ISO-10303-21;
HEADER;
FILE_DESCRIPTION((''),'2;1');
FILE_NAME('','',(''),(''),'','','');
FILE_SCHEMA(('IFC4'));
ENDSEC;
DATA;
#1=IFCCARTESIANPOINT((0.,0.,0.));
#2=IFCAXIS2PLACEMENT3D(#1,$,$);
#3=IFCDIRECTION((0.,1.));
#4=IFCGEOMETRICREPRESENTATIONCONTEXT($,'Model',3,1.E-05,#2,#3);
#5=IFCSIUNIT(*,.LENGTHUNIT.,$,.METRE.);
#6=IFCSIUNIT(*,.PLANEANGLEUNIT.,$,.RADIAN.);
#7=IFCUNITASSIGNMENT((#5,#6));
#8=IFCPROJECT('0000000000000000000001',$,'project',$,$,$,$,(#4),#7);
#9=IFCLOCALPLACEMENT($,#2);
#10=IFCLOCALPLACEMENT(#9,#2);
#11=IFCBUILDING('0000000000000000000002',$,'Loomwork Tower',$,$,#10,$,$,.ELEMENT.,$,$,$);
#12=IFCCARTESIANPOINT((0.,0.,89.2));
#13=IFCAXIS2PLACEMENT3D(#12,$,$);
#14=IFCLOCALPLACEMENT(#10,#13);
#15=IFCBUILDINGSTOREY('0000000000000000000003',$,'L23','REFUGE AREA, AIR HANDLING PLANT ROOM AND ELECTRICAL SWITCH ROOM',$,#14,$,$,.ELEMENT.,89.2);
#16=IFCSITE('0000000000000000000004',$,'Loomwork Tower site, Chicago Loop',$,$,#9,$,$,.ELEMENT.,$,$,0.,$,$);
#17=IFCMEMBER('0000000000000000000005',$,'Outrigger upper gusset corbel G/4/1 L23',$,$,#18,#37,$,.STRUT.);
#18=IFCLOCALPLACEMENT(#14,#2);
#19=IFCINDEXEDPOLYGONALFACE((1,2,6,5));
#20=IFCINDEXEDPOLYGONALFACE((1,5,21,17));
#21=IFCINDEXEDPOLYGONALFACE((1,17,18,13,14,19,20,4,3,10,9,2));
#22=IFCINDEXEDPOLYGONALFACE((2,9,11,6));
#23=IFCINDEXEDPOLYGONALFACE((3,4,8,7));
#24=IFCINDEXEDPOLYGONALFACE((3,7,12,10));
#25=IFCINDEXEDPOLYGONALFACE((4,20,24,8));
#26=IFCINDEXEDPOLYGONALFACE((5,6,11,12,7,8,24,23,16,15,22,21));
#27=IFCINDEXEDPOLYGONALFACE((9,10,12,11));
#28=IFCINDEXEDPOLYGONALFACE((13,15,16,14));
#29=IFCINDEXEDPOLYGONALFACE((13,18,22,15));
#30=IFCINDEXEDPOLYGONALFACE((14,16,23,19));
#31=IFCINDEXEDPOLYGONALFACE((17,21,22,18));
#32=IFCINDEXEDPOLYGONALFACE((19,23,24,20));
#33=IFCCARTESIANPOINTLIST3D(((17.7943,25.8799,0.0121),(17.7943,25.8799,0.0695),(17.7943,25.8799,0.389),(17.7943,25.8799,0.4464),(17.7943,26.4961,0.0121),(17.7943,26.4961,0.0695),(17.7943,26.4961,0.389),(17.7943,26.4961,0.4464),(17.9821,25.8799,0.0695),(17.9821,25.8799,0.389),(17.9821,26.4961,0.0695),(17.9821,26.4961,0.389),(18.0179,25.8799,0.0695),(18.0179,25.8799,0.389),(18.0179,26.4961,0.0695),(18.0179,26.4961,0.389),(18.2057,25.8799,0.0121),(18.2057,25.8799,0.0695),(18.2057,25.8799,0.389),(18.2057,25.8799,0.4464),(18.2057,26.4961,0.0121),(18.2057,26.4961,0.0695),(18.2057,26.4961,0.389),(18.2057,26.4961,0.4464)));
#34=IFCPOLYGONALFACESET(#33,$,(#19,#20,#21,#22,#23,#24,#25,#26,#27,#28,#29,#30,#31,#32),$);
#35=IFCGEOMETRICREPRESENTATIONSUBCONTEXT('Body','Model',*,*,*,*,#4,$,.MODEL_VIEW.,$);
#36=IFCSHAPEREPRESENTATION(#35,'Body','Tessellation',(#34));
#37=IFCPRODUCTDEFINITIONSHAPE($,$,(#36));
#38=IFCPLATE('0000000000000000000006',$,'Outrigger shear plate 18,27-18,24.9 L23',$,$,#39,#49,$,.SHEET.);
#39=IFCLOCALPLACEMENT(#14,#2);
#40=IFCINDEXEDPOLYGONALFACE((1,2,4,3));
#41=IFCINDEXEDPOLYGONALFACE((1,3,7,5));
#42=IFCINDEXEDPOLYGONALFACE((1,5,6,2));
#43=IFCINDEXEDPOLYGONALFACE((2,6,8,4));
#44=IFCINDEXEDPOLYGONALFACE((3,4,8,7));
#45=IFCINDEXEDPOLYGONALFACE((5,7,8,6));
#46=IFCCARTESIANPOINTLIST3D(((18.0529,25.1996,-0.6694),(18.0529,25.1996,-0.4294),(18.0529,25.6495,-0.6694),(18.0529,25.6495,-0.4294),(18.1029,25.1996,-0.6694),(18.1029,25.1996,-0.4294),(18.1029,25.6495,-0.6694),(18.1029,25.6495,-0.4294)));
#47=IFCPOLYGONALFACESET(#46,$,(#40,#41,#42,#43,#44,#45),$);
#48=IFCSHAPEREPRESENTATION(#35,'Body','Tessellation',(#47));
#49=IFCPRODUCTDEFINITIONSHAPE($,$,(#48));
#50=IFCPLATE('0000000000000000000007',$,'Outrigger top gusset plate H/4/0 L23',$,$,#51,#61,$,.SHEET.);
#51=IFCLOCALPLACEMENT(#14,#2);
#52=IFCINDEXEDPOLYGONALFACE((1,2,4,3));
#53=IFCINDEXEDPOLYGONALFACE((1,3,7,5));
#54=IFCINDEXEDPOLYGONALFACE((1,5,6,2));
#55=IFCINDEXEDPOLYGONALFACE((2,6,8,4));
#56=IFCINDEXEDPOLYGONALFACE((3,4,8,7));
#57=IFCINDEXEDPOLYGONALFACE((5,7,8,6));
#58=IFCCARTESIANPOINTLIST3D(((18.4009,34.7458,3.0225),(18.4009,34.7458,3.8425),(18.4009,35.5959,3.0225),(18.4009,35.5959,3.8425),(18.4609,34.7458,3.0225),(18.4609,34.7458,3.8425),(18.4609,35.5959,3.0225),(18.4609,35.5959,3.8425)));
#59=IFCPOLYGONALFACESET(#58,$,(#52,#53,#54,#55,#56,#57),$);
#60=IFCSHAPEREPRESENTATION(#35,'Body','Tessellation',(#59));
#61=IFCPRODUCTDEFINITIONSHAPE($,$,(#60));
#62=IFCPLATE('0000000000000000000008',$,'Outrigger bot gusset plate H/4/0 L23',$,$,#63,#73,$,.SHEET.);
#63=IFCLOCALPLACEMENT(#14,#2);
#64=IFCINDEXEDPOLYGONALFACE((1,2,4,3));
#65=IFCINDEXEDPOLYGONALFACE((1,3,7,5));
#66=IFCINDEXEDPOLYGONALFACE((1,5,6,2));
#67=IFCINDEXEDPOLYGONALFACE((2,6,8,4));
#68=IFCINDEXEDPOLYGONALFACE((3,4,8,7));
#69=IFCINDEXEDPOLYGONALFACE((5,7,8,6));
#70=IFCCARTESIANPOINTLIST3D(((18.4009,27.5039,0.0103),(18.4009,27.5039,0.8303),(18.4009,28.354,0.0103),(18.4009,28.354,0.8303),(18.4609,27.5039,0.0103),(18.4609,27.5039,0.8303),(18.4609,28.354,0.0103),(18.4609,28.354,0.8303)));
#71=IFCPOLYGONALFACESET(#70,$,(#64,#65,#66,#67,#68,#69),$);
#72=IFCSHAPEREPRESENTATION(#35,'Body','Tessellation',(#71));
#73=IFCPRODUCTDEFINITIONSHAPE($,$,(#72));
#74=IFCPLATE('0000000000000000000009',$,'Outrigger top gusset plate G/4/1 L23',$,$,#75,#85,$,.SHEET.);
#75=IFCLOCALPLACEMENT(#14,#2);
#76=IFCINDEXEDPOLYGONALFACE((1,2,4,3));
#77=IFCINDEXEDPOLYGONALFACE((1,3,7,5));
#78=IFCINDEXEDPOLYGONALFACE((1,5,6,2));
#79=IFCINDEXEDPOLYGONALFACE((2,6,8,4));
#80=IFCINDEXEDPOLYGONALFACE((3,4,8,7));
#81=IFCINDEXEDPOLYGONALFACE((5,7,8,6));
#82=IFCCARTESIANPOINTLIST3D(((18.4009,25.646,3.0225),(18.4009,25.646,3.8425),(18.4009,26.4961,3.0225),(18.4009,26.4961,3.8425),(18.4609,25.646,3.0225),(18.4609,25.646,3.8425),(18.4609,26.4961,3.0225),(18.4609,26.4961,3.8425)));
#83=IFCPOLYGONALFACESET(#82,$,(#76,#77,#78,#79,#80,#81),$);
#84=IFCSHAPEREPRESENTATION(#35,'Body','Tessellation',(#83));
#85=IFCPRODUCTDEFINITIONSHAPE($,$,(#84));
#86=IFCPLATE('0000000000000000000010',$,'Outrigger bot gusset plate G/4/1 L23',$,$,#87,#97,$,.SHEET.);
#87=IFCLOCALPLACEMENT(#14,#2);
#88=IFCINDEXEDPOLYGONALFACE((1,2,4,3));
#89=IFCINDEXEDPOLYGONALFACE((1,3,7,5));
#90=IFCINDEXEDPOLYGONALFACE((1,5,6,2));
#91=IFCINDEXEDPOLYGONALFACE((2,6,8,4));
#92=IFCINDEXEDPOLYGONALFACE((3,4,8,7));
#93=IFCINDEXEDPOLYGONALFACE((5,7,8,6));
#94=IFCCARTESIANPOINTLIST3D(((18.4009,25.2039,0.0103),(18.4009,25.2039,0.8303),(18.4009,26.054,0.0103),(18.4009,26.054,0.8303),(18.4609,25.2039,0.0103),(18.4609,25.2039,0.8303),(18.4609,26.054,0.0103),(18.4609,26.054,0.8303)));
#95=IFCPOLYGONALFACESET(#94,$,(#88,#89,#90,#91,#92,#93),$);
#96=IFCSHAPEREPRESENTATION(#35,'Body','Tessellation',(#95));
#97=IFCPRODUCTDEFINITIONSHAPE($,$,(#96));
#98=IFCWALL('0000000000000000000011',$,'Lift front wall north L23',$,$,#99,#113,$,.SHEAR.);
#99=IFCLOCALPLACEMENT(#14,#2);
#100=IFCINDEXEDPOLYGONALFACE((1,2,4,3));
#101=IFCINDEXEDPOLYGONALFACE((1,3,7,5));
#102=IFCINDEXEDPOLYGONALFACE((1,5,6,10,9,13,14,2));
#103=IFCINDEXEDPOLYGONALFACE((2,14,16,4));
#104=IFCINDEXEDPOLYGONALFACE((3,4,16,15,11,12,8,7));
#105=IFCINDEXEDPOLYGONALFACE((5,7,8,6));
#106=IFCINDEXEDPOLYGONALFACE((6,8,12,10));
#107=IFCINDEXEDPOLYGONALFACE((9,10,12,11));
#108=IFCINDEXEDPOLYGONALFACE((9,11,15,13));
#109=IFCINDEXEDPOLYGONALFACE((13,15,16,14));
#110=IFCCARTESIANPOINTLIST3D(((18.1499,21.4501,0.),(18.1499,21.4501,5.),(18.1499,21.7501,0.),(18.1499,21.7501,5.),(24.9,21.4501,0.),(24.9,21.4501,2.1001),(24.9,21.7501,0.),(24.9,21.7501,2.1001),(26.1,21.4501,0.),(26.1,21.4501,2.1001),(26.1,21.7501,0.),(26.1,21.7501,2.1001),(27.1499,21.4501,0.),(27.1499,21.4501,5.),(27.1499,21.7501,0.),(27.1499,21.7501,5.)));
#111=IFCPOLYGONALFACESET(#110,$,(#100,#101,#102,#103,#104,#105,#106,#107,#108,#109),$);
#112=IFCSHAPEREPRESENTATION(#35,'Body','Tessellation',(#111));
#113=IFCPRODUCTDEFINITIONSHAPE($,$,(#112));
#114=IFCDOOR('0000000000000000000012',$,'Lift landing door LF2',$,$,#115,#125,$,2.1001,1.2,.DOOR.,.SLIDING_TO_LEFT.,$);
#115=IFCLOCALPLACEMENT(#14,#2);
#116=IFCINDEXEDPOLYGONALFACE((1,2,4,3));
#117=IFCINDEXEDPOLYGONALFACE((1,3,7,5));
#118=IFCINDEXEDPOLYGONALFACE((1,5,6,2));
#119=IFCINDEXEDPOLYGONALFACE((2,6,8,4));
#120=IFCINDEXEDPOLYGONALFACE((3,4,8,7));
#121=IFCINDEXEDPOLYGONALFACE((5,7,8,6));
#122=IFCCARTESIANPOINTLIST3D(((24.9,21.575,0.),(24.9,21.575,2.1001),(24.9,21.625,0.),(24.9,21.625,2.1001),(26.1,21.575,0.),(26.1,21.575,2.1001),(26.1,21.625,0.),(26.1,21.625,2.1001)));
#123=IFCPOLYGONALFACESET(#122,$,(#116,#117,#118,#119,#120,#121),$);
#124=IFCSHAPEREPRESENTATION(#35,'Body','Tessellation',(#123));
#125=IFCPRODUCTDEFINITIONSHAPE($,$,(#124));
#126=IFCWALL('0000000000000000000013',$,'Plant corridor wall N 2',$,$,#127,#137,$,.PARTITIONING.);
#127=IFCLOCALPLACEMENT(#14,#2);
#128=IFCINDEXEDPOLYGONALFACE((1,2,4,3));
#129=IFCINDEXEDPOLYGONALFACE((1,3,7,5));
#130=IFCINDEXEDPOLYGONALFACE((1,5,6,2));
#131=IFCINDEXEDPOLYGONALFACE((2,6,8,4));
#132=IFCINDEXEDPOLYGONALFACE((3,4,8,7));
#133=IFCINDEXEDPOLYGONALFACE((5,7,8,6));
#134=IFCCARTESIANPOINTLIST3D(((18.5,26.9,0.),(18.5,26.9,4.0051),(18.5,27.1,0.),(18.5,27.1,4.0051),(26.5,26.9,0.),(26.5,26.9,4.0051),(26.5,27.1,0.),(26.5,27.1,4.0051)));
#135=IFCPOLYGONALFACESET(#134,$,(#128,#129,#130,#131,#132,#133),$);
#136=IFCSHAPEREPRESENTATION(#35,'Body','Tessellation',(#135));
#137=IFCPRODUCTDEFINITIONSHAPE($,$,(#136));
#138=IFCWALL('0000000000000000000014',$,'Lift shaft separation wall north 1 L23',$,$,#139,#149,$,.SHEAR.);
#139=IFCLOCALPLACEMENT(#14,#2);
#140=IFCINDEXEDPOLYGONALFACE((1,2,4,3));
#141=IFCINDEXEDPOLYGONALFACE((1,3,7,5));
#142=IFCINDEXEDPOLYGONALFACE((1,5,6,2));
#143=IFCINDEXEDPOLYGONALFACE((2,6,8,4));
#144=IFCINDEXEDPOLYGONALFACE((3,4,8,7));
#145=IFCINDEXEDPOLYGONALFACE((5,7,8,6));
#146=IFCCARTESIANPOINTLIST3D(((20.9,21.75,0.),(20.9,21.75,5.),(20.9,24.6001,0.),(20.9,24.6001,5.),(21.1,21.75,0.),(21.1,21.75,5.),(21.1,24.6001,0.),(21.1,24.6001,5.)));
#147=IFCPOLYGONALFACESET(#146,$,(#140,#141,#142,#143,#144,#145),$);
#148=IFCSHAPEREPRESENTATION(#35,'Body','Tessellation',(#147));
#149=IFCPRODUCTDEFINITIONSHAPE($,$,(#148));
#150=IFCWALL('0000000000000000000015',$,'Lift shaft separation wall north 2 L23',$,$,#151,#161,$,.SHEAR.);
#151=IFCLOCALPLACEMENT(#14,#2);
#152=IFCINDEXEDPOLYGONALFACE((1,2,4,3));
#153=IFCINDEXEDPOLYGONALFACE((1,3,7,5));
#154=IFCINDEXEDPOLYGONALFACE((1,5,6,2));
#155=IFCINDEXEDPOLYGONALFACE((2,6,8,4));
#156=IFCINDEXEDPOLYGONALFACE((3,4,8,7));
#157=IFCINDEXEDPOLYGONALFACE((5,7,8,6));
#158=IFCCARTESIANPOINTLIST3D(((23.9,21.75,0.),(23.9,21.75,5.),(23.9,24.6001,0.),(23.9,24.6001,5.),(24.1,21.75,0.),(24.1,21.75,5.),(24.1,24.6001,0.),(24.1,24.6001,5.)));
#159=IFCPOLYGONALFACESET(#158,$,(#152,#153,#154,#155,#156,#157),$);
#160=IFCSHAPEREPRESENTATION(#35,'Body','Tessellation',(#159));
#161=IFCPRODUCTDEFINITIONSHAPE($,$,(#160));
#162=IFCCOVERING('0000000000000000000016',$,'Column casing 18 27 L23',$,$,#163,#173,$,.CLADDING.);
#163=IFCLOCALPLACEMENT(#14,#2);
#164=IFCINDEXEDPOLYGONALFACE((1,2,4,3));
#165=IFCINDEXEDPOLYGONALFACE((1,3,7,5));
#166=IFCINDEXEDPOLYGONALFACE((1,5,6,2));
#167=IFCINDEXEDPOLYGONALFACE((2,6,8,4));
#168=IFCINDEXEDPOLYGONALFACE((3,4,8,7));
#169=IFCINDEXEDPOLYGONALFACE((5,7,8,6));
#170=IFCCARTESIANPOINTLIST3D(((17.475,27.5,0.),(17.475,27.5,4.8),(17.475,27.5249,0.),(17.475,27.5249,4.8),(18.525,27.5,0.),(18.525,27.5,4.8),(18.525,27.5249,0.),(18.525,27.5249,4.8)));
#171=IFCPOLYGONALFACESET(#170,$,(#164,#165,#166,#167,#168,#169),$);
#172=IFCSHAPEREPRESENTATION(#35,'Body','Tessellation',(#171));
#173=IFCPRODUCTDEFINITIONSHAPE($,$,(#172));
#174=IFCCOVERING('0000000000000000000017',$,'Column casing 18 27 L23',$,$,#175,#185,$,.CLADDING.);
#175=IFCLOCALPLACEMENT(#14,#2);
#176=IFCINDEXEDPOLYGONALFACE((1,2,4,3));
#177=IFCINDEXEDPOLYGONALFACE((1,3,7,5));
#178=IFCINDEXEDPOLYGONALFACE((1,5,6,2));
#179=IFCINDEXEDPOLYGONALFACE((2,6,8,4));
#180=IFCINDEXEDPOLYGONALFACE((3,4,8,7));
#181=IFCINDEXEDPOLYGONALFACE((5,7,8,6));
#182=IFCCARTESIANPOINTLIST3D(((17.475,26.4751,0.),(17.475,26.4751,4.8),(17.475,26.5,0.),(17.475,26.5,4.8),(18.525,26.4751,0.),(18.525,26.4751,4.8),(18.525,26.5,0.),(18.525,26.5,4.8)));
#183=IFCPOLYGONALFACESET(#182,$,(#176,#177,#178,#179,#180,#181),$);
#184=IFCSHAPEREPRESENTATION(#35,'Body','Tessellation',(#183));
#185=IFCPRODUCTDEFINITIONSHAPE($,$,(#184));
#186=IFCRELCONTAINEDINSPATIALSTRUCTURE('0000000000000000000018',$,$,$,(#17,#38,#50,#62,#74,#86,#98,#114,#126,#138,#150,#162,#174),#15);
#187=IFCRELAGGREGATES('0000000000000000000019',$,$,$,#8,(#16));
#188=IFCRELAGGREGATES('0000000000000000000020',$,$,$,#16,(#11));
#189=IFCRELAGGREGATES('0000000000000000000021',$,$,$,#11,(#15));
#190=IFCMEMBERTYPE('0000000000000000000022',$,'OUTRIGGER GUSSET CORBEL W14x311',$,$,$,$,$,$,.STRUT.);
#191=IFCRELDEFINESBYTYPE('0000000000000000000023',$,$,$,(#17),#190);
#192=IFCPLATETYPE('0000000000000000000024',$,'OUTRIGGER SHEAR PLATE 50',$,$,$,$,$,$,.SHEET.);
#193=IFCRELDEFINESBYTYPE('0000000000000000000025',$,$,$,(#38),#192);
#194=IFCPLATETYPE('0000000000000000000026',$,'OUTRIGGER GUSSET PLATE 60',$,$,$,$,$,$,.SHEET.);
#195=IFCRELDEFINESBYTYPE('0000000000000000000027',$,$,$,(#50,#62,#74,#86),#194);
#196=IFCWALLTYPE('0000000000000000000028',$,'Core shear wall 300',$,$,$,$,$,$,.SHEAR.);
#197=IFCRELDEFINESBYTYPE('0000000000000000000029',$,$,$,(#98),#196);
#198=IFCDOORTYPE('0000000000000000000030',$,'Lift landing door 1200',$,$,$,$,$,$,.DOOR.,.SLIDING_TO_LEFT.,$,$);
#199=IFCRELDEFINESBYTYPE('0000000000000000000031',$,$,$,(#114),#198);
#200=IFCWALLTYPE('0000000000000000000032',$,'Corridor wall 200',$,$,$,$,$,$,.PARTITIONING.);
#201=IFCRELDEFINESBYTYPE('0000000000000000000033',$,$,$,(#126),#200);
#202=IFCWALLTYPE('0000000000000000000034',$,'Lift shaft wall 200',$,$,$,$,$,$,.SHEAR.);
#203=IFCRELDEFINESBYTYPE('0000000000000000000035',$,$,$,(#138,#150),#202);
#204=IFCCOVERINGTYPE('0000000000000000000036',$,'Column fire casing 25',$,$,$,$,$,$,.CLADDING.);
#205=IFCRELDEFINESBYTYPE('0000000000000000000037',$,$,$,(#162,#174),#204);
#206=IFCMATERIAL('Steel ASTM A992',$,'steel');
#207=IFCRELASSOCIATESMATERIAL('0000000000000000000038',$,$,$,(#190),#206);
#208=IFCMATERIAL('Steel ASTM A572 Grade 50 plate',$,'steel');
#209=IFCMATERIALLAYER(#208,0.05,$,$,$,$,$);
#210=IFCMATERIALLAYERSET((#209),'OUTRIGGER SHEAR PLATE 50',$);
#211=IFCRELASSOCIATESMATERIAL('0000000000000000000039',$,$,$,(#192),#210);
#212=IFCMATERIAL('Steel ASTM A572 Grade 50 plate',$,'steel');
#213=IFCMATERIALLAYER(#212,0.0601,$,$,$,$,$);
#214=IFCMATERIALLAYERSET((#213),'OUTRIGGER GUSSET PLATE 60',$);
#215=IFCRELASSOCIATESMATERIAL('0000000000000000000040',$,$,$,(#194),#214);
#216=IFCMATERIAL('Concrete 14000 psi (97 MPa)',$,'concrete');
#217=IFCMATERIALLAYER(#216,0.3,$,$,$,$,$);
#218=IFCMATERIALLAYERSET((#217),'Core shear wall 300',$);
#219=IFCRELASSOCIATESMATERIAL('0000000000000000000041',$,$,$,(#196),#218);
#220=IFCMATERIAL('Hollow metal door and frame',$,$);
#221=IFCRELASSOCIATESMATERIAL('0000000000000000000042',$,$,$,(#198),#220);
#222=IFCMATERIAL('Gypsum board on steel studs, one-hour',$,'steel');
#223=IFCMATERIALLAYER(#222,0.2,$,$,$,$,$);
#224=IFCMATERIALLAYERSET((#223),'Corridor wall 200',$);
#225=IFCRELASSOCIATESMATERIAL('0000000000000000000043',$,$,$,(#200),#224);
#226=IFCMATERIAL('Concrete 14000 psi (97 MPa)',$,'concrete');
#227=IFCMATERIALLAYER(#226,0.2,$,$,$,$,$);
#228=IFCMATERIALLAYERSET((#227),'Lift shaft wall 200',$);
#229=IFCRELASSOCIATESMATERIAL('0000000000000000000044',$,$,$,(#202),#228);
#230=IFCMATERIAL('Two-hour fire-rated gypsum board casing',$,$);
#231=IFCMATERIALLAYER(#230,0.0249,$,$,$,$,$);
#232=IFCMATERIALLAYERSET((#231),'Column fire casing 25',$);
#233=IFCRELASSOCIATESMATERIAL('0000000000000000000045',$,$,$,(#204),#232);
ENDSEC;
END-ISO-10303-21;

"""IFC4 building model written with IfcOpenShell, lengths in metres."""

from ifc_helpers import new_model, si_unit, direction, frame, frame_2d, origin, origin_2d, place, context, subcontext, project, spatial, rectangle, i_section, extrude, material, layer, layer_set, material_profile, profile_set, type_object, element, fill, save


model = new_model("IFC4")

# Units and contexts
model_context = context("Model", 3, precision=1e-05, world=origin(), true_north=direction((0.0, 1.0)))
body_context = subcontext(model_context, "Body", "Model", "MODEL_VIEW")
ifc_project = project(units=[si_unit("LENGTHUNIT", "METRE"), si_unit("PLANEANGLEUNIT", "RADIAN")], contexts=[model_context])

# Site, building, storey
site_placement = place(None, origin())
site = spatial("IfcSite", under=ifc_project, at=site_placement, Name="Loomwork Tower site, Chicago Loop", CompositionType="ELEMENT", RefElevation=0.0)
building_placement = place(site_placement, origin())
building = spatial("IfcBuilding", under=site, at=building_placement, Name="Loomwork Tower", CompositionType="ELEMENT")
storey_placement = place(building_placement, frame((0.0, 0.0, 89.2)))
storey = spatial("IfcBuildingStorey", under=building, at=storey_placement, Name="L23", Description="REFUGE AREA, AIR HANDLING PLANT ROOM AND ELECTRICAL SWITCH ROOM", CompositionType="ELEMENT", Elevation=89.2)

# Member
ifc_material_1 = material(Name="Steel ASTM A992", Category="steel")
ifc_material_profile_1 = material_profile(ifc_material_1, i_section(OverallWidth=0.4114, OverallDepth=0.4343, WebThickness=0.0359, FlangeThickness=0.0574, at=origin_2d()), Name="W14x311")
ifc_profile_set_1 = profile_set([ifc_material_profile_1], Name="Steel ASTM A992")
member_type_1 = type_object("IfcMemberType", Name="OUTRIGGER GUSSET CORBEL W14x311", PredefinedType="STRUT", material=ifc_profile_set_1)
for number, where, z_axis, x_axis, name in (
    (1, (18.0, 26.4961, 0.2292), (0.0, -1.0, 0.0), (1.0, 0.0, 0.0), "Outrigger upper gusset corbel G/4/1 L23"),
):
    element("IfcMember", number, at=place(storey_placement, frame(where, z_axis=z_axis, x_axis=x_axis)), inside=storey, type_object=member_type_1, Name=name, PredefinedType="STRUT", context=body_context, shape_type="SweptSolid", body=[
        extrude(i_section(OverallWidth=0.4114, OverallDepth=0.4343, WebThickness=0.0359, FlangeThickness=0.0574, at=origin_2d()), origin(), (0.0, 0.0, 1.0), 0.6162),
    ])

# Plates
ifc_material_2 = material(Name="Steel ASTM A572 Grade 50 plate", Category="steel")
ifc_layer_1 = layer(ifc_material_2, 0.05)
ifc_layer_set_1 = layer_set([ifc_layer_1], Name="OUTRIGGER SHEAR PLATE 50")
plate_type_1 = type_object("IfcPlateType", Name="OUTRIGGER SHEAR PLATE 50", PredefinedType="SHEET", material=ifc_layer_set_1)
plate_placement = place(storey_placement, frame((18.0779, 25.4246, -0.6694), z_axis=(0.0, 0.0, 1.0), x_axis=(0.0, 1.0, 0.0)))
element("IfcPlate", 2, at=plate_placement, inside=storey, type_object=plate_type_1, Name="Outrigger shear plate 18,27-18,24.9 L23", PredefinedType="SHEET", context=body_context, shape_type="SweptSolid", body=[
    extrude(rectangle(XDim=0.45, YDim=0.05, at=origin_2d()), origin(), (0.0, 0.0, 1.0), 0.24),
])
ifc_material_3 = material(Name="Steel ASTM A572 Grade 50 plate", Category="steel")
ifc_layer_2 = layer(ifc_material_3, 0.0601)
ifc_layer_set_2 = layer_set([ifc_layer_2], Name="OUTRIGGER GUSSET PLATE 60")
plate_type_2 = type_object("IfcPlateType", Name="OUTRIGGER GUSSET PLATE 60", PredefinedType="SHEET", material=ifc_layer_set_2)
for number, where, z_axis, x_axis, name in (
    (3, (18.4309, 35.1709, 3.0225), (0.0, 0.0, 1.0), (0.0, 1.0, 0.0), "Outrigger top gusset plate H/4/0 L23"),
    (4, (18.4309, 27.929, 0.0103), (0.0, 0.0, 1.0), (0.0, 1.0, 0.0), "Outrigger bot gusset plate H/4/0 L23"),
    (5, (18.4309, 26.071, 3.0225), (0.0, 0.0, 1.0), (0.0, 1.0, 0.0), "Outrigger top gusset plate G/4/1 L23"),
    (6, (18.4309, 25.6289, 0.0103), (0.0, 0.0, 1.0), (0.0, 1.0, 0.0), "Outrigger bot gusset plate G/4/1 L23"),
):
    element("IfcPlate", number, at=place(storey_placement, frame(where, z_axis=z_axis, x_axis=x_axis)), inside=storey, type_object=plate_type_2, Name=name, PredefinedType="SHEET", context=body_context, shape_type="SweptSolid", body=[
        extrude(rectangle(XDim=0.8501, YDim=0.0601, at=origin_2d()), origin(), (0.0, 0.0, 1.0), 0.8201),
    ])

# Wall, opening, door
ifc_material_4 = material(Name="Concrete 14000 psi (97 MPa)", Category="concrete")
ifc_layer_3 = layer(ifc_material_4, 0.3)
ifc_layer_set_3 = layer_set([ifc_layer_3], Name="Core shear wall 300")
wall_type_1 = type_object("IfcWallType", Name="Core shear wall 300", PredefinedType="SHEAR", material=ifc_layer_set_3)
wall_1_placement = place(storey_placement, frame((18.1499, 21.6001, 0.0), z_axis=(0.0, 0.0, 1.0), x_axis=(1.0, 0.0, 0.0)))
wall_1 = element("IfcWall", 7, at=wall_1_placement, inside=storey, type_object=wall_type_1, Name="Lift front wall north L23", PredefinedType="SHEAR", context=body_context, shape_type="SweptSolid", body=[
    extrude(rectangle(XDim=9.0, YDim=0.3, at=frame_2d((4.5, 0.0))), origin(), (0.0, 0.0, 1.0), 5.0),
])
opening_placement = place(wall_1_placement, frame((6.75, 0.0, 0.0)))
opening = element("IfcOpeningElement", 8, at=opening_placement, cuts=wall_1, PredefinedType="OPENING", context=body_context, shape_type="SweptSolid", body=[
    extrude(rectangle(XDim=1.2, YDim=2.1001, at=frame_2d((0.6001, 1.05))), frame((0.0, 0.1599, 0.0), z_axis=(0.0, -1.0, 0.0), x_axis=(1.0, 0.0, 0.0)), (0.0, 0.0, 1.0), 0.3201),
])
ifc_material_5 = material(Name="Hollow metal door and frame")
door_type = type_object("IfcDoorType", Name="Lift landing door 1200", OperationType="SLIDING_TO_LEFT", PredefinedType="DOOR", material=ifc_material_5)
door_placement = place(opening_placement, origin())
door = element("IfcDoor", 9, at=door_placement, inside=storey, type_object=door_type, Name="Lift landing door LF2", OperationType="SLIDING_TO_LEFT", OverallHeight=2.1001, OverallWidth=1.2, PredefinedType="DOOR", context=body_context, shape_type="SweptSolid", body=[
    extrude(rectangle(XDim=1.2, YDim=2.1001, at=frame_2d((0.6001, 1.05))), frame((0.0, 0.0249, 0.0), z_axis=(0.0, -1.0, 0.0), x_axis=(1.0, 0.0, 0.0)), (0.0, 0.0, 1.0), 0.05),
])
fill(opening, door)

# Walls
ifc_material_6 = material(Name="Gypsum board on steel studs, one-hour", Category="steel")
ifc_layer_4 = layer(ifc_material_6, 0.2)
ifc_layer_set_4 = layer_set([ifc_layer_4], Name="Corridor wall 200")
wall_type_2 = type_object("IfcWallType", Name="Corridor wall 200", PredefinedType="PARTITIONING", material=ifc_layer_set_4)
wall_2_placement = place(storey_placement, frame((18.5, 27.0, 0.0), z_axis=(0.0, 0.0, 1.0), x_axis=(1.0, 0.0, 0.0)))
element("IfcWall", 10, at=wall_2_placement, inside=storey, type_object=wall_type_2, Name="Plant corridor wall N 2", PredefinedType="PARTITIONING", context=body_context, shape_type="SweptSolid", body=[
    extrude(rectangle(XDim=8.0, YDim=0.2, at=frame_2d((4.0, 0.0))), origin(), (0.0, 0.0, 1.0), 4.0051),
])
ifc_material_7 = material(Name="Concrete 14000 psi (97 MPa)", Category="concrete")
ifc_layer_5 = layer(ifc_material_7, 0.2)
ifc_layer_set_5 = layer_set([ifc_layer_5], Name="Lift shaft wall 200")
wall_type_3 = type_object("IfcWallType", Name="Lift shaft wall 200", PredefinedType="SHEAR", material=ifc_layer_set_5)
for number, where, z_axis, x_axis, name in (
    (11, (21.0, 21.75, 0.0), (0.0, 0.0, 1.0), (0.0, 1.0, 0.0), "Lift shaft separation wall north 1 L23"),
    (12, (24.0, 21.75, 0.0), (0.0, 0.0, 1.0), (0.0, 1.0, 0.0), "Lift shaft separation wall north 2 L23"),
):
    element("IfcWall", number, at=place(storey_placement, frame(where, z_axis=z_axis, x_axis=x_axis)), inside=storey, type_object=wall_type_3, Name=name, PredefinedType="SHEAR", context=body_context, shape_type="SweptSolid", body=[
        extrude(rectangle(XDim=2.8501, YDim=0.2, at=frame_2d((1.425, 0.0))), origin(), (0.0, 0.0, 1.0), 5.0),
    ])

# Coverings
ifc_material_8 = material(Name="Two-hour fire-rated gypsum board casing")
ifc_layer_6 = layer(ifc_material_8, 0.0249)
ifc_layer_set_6 = layer_set([ifc_layer_6], Name="Column fire casing 25")
covering_type = type_object("IfcCoveringType", Name="Column fire casing 25", PredefinedType="CLADDING", material=ifc_layer_set_6)
for number, where, z_axis, x_axis, name in (
    (13, (18.0, 27.5125, 0.0), (0.0, 0.0, 1.0), (1.0, 0.0, 0.0), "Column casing 18 27 L23"),
    (14, (18.0, 26.4875, 0.0), (0.0, 0.0, 1.0), (1.0, 0.0, 0.0), "Column casing 18 27 L23"),
):
    element("IfcCovering", number, at=place(storey_placement, frame(where, z_axis=z_axis, x_axis=x_axis)), inside=storey, type_object=covering_type, Name=name, PredefinedType="CLADDING", context=body_context, shape_type="SweptSolid", body=[
        extrude(rectangle(XDim=1.05, YDim=0.0249, at=origin_2d()), origin(), (0.0, 0.0, 1.0), 4.8),
    ])

save(model, "model.ifc")
